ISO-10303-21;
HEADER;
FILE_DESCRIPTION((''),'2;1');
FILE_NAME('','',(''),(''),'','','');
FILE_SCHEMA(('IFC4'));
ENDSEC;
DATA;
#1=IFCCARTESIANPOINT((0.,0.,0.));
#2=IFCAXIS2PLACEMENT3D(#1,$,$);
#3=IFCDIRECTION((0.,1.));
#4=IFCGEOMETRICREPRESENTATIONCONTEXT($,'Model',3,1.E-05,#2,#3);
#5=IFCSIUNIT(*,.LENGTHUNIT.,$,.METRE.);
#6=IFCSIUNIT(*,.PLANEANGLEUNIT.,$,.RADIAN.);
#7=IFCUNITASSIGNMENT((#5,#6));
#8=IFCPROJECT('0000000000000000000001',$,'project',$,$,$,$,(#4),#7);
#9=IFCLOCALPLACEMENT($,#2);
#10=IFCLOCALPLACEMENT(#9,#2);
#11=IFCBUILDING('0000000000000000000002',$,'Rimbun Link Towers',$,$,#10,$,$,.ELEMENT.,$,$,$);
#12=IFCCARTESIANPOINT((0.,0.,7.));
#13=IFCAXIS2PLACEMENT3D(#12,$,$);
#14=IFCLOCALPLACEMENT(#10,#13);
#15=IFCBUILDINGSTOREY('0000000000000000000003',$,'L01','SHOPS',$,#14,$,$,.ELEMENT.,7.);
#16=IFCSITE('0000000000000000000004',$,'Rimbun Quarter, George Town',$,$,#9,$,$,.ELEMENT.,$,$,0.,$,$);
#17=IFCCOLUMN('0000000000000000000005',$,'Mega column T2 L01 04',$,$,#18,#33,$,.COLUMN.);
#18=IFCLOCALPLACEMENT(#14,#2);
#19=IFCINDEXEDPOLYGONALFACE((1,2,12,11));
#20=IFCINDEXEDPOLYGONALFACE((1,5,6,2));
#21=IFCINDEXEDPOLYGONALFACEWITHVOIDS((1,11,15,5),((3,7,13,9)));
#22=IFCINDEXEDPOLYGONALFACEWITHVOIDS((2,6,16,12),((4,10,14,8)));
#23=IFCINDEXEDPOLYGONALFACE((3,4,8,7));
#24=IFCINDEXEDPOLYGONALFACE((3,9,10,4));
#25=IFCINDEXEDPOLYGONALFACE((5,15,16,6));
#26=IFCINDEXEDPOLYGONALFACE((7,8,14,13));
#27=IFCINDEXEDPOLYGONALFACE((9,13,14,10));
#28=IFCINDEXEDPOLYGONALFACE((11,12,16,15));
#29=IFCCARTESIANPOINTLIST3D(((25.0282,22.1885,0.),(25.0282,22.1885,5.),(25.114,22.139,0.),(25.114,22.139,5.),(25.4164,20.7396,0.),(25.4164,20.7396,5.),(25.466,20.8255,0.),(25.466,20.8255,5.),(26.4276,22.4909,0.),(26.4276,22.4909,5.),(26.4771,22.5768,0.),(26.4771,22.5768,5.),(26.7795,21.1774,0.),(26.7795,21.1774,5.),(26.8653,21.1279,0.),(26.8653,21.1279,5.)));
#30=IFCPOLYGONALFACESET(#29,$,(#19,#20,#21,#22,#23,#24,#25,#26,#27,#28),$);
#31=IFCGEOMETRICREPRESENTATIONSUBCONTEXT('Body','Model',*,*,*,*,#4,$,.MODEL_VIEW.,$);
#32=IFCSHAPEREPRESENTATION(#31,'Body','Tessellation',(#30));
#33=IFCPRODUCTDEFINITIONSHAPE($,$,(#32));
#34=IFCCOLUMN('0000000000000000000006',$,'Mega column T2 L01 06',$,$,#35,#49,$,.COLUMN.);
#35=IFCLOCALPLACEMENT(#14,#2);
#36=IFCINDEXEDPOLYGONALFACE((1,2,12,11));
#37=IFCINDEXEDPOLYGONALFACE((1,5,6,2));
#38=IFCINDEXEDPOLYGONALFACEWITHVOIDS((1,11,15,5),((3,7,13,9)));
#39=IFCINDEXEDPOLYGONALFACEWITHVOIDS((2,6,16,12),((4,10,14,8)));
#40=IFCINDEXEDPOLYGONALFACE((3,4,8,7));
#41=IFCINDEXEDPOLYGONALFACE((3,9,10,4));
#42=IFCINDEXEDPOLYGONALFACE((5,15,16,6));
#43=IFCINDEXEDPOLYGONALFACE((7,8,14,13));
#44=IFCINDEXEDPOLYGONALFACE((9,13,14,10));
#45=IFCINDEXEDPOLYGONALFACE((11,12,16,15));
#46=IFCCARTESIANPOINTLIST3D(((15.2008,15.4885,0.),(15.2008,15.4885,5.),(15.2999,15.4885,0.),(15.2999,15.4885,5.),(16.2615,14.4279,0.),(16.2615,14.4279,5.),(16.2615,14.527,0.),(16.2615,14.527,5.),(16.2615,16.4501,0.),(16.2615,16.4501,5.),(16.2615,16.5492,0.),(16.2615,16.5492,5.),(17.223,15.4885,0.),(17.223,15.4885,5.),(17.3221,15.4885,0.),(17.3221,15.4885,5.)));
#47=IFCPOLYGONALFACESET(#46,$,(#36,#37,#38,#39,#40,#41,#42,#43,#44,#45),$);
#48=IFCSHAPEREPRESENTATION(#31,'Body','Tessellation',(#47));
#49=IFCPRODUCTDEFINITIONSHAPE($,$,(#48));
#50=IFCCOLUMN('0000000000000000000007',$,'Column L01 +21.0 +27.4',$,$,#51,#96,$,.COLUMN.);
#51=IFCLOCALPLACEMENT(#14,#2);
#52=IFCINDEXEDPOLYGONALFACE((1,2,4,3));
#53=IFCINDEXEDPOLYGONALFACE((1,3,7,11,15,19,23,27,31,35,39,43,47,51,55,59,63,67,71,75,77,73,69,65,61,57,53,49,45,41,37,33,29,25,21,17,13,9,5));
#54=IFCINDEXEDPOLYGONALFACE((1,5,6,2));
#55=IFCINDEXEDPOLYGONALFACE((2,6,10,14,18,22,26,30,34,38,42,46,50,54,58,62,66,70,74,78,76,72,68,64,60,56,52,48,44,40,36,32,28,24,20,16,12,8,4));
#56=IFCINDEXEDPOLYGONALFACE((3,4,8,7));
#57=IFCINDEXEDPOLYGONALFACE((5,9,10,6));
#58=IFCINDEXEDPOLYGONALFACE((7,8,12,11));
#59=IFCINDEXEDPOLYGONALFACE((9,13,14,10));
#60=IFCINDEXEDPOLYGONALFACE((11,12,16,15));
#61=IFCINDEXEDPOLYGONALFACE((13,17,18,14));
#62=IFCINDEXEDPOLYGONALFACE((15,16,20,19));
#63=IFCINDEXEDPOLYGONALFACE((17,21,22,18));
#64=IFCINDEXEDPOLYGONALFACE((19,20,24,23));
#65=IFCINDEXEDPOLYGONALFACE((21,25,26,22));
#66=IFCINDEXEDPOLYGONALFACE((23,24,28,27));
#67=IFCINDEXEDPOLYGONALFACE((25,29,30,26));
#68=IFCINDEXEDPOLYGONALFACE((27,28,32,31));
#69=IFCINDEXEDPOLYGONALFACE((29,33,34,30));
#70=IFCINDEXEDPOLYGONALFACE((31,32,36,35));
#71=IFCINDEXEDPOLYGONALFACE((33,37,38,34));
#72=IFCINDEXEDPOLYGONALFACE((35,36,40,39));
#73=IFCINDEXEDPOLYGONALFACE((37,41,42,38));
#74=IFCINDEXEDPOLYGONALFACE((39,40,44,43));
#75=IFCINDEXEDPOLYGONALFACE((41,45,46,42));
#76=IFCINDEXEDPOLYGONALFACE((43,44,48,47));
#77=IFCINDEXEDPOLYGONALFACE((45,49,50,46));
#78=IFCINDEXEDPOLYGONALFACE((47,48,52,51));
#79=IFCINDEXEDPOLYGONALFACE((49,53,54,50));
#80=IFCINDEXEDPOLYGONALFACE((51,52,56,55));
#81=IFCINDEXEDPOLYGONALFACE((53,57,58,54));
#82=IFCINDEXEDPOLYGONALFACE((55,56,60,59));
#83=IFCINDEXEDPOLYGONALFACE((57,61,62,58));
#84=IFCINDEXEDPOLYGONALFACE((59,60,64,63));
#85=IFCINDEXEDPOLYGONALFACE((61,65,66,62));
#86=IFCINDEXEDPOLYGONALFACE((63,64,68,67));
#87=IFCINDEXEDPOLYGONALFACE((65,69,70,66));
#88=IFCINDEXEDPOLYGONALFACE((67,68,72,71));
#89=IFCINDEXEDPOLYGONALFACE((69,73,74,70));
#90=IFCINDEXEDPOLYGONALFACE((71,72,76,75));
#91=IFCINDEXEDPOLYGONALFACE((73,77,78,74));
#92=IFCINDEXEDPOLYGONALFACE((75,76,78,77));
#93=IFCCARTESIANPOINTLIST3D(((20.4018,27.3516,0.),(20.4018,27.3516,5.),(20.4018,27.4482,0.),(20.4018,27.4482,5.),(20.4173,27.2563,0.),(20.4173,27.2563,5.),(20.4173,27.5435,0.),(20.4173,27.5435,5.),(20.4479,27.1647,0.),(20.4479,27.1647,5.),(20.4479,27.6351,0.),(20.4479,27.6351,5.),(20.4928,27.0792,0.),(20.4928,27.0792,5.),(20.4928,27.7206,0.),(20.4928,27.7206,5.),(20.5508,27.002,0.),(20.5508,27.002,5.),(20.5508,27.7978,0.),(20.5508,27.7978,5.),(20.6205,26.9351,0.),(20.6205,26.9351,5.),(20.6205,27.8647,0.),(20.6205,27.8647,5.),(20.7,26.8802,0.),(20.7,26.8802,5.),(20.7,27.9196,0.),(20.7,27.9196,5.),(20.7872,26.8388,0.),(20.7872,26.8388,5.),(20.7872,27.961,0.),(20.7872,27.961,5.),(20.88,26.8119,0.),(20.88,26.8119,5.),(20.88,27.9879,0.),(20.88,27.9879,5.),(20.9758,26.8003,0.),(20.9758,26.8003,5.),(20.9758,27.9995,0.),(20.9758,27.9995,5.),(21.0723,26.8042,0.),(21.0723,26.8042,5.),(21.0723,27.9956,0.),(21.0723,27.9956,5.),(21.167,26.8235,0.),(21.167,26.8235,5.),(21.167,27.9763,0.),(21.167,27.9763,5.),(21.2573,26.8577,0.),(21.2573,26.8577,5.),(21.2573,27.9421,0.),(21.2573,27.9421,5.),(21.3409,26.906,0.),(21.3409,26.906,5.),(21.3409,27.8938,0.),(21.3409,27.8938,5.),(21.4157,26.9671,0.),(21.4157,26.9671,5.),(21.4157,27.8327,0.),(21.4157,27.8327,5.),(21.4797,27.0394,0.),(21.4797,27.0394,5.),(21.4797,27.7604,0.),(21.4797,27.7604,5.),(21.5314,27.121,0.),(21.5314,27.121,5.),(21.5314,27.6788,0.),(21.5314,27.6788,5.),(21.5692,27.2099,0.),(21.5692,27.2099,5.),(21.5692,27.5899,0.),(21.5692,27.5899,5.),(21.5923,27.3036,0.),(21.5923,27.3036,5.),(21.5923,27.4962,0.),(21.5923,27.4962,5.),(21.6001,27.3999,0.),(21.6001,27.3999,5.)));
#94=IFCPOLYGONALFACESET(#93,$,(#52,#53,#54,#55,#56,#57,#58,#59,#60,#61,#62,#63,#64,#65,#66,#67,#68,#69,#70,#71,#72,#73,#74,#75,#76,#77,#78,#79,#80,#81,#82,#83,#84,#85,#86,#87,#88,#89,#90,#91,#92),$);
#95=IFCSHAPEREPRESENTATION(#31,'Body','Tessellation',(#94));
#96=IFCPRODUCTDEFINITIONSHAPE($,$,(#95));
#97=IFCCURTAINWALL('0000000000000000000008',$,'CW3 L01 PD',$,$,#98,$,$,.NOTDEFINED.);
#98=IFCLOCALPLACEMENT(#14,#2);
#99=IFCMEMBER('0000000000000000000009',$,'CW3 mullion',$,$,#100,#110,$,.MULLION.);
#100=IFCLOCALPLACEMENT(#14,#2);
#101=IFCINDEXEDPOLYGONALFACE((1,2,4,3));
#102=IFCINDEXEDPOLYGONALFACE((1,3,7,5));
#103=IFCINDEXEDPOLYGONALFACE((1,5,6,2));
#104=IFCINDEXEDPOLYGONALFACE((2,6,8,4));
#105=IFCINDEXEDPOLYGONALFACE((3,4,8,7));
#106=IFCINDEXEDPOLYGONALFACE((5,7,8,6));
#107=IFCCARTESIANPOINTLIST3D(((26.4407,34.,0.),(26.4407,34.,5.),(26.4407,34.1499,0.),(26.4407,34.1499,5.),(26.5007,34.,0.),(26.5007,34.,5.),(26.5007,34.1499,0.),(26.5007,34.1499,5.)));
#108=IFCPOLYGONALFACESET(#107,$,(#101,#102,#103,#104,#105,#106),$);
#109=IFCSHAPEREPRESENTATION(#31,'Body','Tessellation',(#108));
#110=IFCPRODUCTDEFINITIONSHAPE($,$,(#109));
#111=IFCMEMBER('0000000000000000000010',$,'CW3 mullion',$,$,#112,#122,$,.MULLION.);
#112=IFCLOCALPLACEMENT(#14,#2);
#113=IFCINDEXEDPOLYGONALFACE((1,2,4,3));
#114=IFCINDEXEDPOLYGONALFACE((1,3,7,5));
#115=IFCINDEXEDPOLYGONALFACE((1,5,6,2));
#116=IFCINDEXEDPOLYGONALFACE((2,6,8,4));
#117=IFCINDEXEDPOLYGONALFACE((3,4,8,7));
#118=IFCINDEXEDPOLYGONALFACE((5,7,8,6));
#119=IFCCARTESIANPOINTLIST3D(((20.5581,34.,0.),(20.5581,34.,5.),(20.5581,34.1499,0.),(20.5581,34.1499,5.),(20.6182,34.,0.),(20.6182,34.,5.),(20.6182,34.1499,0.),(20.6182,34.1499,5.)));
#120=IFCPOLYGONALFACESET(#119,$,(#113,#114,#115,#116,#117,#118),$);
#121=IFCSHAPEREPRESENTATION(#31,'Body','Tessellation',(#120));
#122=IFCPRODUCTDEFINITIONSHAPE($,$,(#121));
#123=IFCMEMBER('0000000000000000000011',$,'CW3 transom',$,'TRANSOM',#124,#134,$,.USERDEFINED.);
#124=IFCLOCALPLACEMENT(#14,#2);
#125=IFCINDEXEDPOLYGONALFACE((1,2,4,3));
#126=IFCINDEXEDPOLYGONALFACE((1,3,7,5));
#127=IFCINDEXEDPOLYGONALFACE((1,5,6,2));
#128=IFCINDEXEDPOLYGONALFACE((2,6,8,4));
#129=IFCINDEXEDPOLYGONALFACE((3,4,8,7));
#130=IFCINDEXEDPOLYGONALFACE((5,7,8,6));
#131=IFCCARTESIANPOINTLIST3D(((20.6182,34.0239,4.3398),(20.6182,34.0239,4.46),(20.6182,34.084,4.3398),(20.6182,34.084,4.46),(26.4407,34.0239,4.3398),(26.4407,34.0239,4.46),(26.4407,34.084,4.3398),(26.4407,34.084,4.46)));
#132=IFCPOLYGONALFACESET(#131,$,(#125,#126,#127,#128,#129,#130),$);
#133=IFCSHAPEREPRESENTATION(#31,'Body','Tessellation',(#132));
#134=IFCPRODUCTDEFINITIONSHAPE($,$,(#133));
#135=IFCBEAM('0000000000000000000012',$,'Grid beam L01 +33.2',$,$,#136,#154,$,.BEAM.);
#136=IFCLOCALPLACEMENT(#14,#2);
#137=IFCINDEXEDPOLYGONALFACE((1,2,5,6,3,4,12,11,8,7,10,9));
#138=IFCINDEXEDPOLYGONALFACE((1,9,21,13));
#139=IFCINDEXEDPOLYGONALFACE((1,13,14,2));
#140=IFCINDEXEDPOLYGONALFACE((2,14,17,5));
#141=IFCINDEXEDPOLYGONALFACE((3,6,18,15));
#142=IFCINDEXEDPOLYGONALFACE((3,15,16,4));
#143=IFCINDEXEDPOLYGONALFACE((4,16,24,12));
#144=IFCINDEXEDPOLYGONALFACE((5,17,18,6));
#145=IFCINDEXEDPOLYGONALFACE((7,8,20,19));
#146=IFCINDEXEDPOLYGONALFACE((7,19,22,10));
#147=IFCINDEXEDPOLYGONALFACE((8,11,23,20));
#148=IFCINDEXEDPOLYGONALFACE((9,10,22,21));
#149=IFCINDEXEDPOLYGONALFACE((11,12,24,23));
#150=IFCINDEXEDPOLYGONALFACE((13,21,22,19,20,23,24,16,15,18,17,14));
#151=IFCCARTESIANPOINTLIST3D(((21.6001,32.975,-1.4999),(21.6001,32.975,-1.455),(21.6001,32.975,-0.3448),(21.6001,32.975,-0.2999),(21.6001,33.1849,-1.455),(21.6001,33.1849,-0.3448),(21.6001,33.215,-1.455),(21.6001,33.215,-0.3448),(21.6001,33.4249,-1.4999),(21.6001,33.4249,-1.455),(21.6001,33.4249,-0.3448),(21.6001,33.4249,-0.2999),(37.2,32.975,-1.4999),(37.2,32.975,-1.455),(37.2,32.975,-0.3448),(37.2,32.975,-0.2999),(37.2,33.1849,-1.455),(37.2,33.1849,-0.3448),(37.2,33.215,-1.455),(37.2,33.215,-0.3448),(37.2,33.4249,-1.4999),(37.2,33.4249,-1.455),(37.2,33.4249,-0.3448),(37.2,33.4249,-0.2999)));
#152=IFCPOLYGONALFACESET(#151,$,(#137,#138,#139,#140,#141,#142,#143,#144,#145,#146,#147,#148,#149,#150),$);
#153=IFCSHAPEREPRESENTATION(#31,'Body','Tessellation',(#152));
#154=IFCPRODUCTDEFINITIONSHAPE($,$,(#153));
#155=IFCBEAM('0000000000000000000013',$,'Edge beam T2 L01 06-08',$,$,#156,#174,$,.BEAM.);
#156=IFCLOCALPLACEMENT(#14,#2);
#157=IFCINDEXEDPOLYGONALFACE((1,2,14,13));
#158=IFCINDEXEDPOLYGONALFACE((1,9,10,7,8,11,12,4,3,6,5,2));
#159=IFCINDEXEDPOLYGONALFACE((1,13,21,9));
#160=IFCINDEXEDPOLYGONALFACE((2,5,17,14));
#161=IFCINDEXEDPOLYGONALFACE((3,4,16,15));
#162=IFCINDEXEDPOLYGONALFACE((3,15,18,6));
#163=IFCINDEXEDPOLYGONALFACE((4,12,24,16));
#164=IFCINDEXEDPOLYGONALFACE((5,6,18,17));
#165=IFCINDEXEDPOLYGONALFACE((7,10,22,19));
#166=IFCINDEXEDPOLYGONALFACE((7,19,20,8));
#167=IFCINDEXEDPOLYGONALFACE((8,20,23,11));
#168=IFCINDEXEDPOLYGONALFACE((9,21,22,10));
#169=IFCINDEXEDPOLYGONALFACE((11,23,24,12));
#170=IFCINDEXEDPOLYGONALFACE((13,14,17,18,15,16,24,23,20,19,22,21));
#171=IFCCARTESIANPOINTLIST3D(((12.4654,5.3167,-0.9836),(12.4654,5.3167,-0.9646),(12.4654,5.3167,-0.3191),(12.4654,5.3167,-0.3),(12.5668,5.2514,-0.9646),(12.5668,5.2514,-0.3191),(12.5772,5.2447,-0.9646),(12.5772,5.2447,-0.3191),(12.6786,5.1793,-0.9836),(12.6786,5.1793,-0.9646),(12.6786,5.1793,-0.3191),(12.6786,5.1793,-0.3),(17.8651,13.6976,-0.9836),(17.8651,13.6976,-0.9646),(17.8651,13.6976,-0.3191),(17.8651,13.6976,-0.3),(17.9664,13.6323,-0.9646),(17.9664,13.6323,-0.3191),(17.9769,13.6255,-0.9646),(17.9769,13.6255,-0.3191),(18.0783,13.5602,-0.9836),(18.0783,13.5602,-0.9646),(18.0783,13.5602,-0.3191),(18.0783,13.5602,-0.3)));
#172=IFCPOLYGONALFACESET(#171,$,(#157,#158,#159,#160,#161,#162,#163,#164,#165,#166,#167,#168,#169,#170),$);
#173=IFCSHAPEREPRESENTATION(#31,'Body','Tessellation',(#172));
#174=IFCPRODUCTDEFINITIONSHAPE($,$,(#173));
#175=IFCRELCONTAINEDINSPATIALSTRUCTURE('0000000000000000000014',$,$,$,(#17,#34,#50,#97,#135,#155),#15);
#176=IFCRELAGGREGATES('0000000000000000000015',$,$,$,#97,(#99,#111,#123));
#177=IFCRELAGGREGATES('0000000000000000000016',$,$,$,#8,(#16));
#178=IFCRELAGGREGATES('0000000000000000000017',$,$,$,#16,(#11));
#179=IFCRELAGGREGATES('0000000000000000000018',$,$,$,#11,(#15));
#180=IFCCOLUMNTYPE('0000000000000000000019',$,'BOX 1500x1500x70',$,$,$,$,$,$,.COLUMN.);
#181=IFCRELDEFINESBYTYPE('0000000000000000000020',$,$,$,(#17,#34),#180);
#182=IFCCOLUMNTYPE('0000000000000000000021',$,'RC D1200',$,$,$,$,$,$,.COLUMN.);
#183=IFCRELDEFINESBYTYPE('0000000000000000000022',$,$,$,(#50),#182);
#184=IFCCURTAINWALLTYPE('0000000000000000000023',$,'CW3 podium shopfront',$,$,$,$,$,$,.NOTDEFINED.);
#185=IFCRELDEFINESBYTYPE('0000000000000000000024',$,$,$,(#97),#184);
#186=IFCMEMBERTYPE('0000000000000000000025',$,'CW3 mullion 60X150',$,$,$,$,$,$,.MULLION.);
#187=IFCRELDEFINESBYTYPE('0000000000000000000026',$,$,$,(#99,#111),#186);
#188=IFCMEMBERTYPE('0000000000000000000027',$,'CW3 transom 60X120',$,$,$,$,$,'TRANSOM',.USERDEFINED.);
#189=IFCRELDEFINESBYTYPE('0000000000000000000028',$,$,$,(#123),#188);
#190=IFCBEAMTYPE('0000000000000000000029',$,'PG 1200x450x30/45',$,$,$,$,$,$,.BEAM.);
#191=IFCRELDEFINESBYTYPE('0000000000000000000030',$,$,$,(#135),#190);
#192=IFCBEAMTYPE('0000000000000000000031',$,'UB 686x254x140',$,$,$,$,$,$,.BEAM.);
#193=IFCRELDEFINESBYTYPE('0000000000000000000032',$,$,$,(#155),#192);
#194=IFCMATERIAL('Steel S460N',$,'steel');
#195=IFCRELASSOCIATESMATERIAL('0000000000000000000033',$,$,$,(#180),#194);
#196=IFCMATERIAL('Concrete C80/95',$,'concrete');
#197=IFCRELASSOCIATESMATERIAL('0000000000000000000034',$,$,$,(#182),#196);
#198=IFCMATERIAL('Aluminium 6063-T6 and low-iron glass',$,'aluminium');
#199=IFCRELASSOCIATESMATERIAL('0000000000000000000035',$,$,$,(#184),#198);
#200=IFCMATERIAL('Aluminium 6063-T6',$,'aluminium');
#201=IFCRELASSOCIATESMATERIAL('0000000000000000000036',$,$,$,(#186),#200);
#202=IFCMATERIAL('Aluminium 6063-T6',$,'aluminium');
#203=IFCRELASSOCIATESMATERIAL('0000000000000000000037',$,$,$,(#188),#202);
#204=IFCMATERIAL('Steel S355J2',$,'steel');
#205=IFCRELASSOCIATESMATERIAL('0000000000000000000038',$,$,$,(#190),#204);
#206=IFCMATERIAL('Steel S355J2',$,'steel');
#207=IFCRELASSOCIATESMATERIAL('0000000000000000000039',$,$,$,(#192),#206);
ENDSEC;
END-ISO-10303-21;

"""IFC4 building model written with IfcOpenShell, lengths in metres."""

from ifc_helpers import new_model, si_unit, direction, frame, origin, origin_2d, place, context, subcontext, project, spatial, rectangle, hollow_rectangle, circle, i_section, extrude, material, material_profile, profile_set, type_object, element, aggregate, save


model = new_model("IFC4")

# Units and contexts
model_context = context("Model", 3, precision=1e-05, world=origin(), true_north=direction((0.0, 1.0)))
body_context = subcontext(model_context, "Body", "Model", "MODEL_VIEW")
ifc_project = project(units=[si_unit("LENGTHUNIT", "METRE"), si_unit("PLANEANGLEUNIT", "RADIAN")], contexts=[model_context])

# Site, building, storey
site_placement = place(None, origin())
site = spatial("IfcSite", under=ifc_project, at=site_placement, Name="Rimbun Quarter, George Town", CompositionType="ELEMENT", RefElevation=0.0)
building_placement = place(site_placement, origin())
building = spatial("IfcBuilding", under=site, at=building_placement, Name="Rimbun Link Towers", CompositionType="ELEMENT")
storey_placement = place(building_placement, frame((0.0, 0.0, 7.0)))
storey = spatial("IfcBuildingStorey", under=building, at=storey_placement, Name="L01", Description="SHOPS", CompositionType="ELEMENT", Elevation=7.0)

# Columns
ifc_material_1 = material(Name="Steel S460N", Category="steel")
ifc_material_profile_1 = material_profile(ifc_material_1, hollow_rectangle(XDim=1.5, YDim=1.5, WallThickness=0.0701, at=origin_2d()), Name="BOX 1500x1500x70")
ifc_profile_set_1 = profile_set([ifc_material_profile_1], Name="Steel S460N")
column_type_1 = type_object("IfcColumnType", Name="BOX 1500x1500x70", PredefinedType="COLUMN", material=ifc_profile_set_1)
for number, where, z_axis, x_axis, name in (
    (1, (25.9468, 21.6582, 0.0), (0.0, 0.0, 1.0), (-0.258819, 0.965926, 0.0), "Mega column T2 L01 04"),
    (2, (16.2615, 15.4885, 0.0), (0.0, 0.0, 1.0), (-0.707107, 0.707107, 0.0), "Mega column T2 L01 06"),
):
    element("IfcColumn", number, at=place(storey_placement, frame(where, z_axis=z_axis, x_axis=x_axis)), inside=storey, type_object=column_type_1, Name=name, PredefinedType="COLUMN", context=body_context, shape_type="SweptSolid", body=[
        extrude(hollow_rectangle(XDim=1.5, YDim=1.5, WallThickness=0.0701, at=origin_2d()), origin(), (0.0, 0.0, 1.0), 5.0),
    ])
ifc_material_2 = material(Name="Concrete C80/95", Category="concrete")
ifc_material_profile_2 = material_profile(ifc_material_2, circle(Radius=0.6001, at=origin_2d()), Name="RC D1200")
ifc_profile_set_2 = profile_set([ifc_material_profile_2], Name="Concrete C80/95")
column_type_2 = type_object("IfcColumnType", Name="RC D1200", PredefinedType="COLUMN", material=ifc_profile_set_2)
column_placement = place(storey_placement, frame((21.0, 27.3999, 0.0), z_axis=(0.0, 0.0, 1.0), x_axis=(1.0, 0.0, 0.0)))
element("IfcColumn", 3, at=column_placement, inside=storey, type_object=column_type_2, Name="Column L01 +21.0 +27.4", PredefinedType="COLUMN", context=body_context, shape_type="SweptSolid", body=[
    extrude(circle(Radius=0.6001, at=origin_2d()), origin(), (0.0, 0.0, 1.0), 5.0),
])

# Curtain wall, members
ifc_material_3 = material(Name="Aluminium 6063-T6 and low-iron glass", Category="aluminium")
curtain_wall_type = type_object("IfcCurtainWallType", Name="CW3 podium shopfront", PredefinedType="NOTDEFINED", material=ifc_material_3)
curtain_wall_placement = place(storey_placement, origin())
curtain_wall = element("IfcCurtainWall", 4, at=curtain_wall_placement, inside=storey, type_object=curtain_wall_type, Name="CW3 L01 PD", PredefinedType="NOTDEFINED")
ifc_material_4 = material(Name="Aluminium 6063-T6", Category="aluminium")
ifc_material_profile_3 = material_profile(ifc_material_4, rectangle(XDim=0.1499, YDim=0.0601, at=origin_2d()), Name="MULLION 60X150")
ifc_profile_set_3 = profile_set([ifc_material_profile_3], Name="Aluminium 6063-T6")
member_type_1 = type_object("IfcMemberType", Name="CW3 mullion 60X150", PredefinedType="MULLION", material=ifc_profile_set_3)
member_1_placement = place(storey_placement, frame((26.4707, 34.075, 0.0), z_axis=(0.0, 0.0, 1.0), x_axis=(0.0, 1.0, 0.0)))
member_1 = element("IfcMember", 5, at=member_1_placement, type_object=member_type_1, Name="CW3 mullion", PredefinedType="MULLION", context=body_context, shape_type="SweptSolid", body=[
    extrude(rectangle(XDim=0.1499, YDim=0.0601, at=origin_2d()), origin(), (0.0, 0.0, 1.0), 5.0),
])
member_2_placement = place(storey_placement, frame((20.5881, 34.075, 0.0), z_axis=(0.0, 0.0, 1.0), x_axis=(0.0, 1.0, 0.0)))
member_2 = element("IfcMember", 6, at=member_2_placement, type_object=member_type_1, Name="CW3 mullion", PredefinedType="MULLION", context=body_context, shape_type="SweptSolid", body=[
    extrude(rectangle(XDim=0.1499, YDim=0.0601, at=origin_2d()), origin(), (0.0, 0.0, 1.0), 5.0),
])
ifc_material_5 = material(Name="Aluminium 6063-T6", Category="aluminium")
ifc_material_profile_4 = material_profile(ifc_material_5, rectangle(XDim=0.0601, YDim=0.1201, at=origin_2d()), Name="TRANSOM 60X120")
ifc_profile_set_4 = profile_set([ifc_material_profile_4], Name="Aluminium 6063-T6")
member_type_2 = type_object("IfcMemberType", Name="CW3 transom 60X120", ElementType="TRANSOM", PredefinedType="USERDEFINED", material=ifc_profile_set_4)
member_3_placement = place(storey_placement, frame((20.6182, 34.054, 4.3999), z_axis=(1.0, 0.0, 0.0), x_axis=(0.0, 1.0, 0.0)))
member_3 = element("IfcMember", 7, at=member_3_placement, type_object=member_type_2, Name="CW3 transom", ObjectType="TRANSOM", PredefinedType="USERDEFINED", context=body_context, shape_type="SweptSolid", body=[
    extrude(rectangle(XDim=0.0601, YDim=0.1201, at=origin_2d()), origin(), (0.0, 0.0, 1.0), 5.8225),
])

# Beams
ifc_material_6 = material(Name="Steel S355J2", Category="steel")
ifc_material_profile_5 = material_profile(ifc_material_6, i_section(OverallWidth=0.45, OverallDepth=1.2, WebThickness=0.03, FlangeThickness=0.0449, at=origin_2d()), Name="PG 1200x450x30/45")
ifc_profile_set_5 = profile_set([ifc_material_profile_5], Name="Steel S355J2")
beam_type_1 = type_object("IfcBeamType", Name="PG 1200x450x30/45", PredefinedType="BEAM", material=ifc_profile_set_5)
beam_1_placement = place(storey_placement, frame((21.6001, 33.2, -0.8999), z_axis=(1.0, 0.0, 0.0), x_axis=(0.0, 1.0, 0.0)))
element("IfcBeam", 8, at=beam_1_placement, inside=storey, type_object=beam_type_1, Name="Grid beam L01 +33.2", PredefinedType="BEAM", context=body_context, shape_type="SweptSolid", body=[
    extrude(i_section(OverallWidth=0.45, OverallDepth=1.2, WebThickness=0.03, FlangeThickness=0.0449, at=origin_2d()), origin(), (0.0, 0.0, 1.0), 15.5999),
])
ifc_material_7 = material(Name="Steel S355J2", Category="steel")
ifc_material_profile_6 = material_profile(ifc_material_7, i_section(OverallWidth=0.2537, OverallDepth=0.6836, WebThickness=0.0125, FlangeThickness=0.019, at=origin_2d()), Name="UB 686x254x140")
ifc_profile_set_6 = profile_set([ifc_material_profile_6], Name="Steel S355J2")
beam_type_2 = type_object("IfcBeamType", Name="UB 686x254x140", PredefinedType="BEAM", material=ifc_profile_set_6)
beam_2_placement = place(storey_placement, frame((17.9717, 13.6289, -0.6418), z_axis=(-0.541606, -0.840632, 0.0), x_axis=(0.840632, -0.541606, 0.0)))
element("IfcBeam", 9, at=beam_2_placement, inside=storey, type_object=beam_type_2, Name="Edge beam T2 L01 06-08", PredefinedType="BEAM", context=body_context, shape_type="SweptSolid", body=[
    extrude(i_section(OverallWidth=0.2537, OverallDepth=0.6836, WebThickness=0.0125, FlangeThickness=0.019, at=origin_2d()), origin(), (0.0, 0.0, 1.0), 9.9697),
])

aggregate(curtain_wall, [member_1, member_2, member_3])

save(model, "model.ifc")
